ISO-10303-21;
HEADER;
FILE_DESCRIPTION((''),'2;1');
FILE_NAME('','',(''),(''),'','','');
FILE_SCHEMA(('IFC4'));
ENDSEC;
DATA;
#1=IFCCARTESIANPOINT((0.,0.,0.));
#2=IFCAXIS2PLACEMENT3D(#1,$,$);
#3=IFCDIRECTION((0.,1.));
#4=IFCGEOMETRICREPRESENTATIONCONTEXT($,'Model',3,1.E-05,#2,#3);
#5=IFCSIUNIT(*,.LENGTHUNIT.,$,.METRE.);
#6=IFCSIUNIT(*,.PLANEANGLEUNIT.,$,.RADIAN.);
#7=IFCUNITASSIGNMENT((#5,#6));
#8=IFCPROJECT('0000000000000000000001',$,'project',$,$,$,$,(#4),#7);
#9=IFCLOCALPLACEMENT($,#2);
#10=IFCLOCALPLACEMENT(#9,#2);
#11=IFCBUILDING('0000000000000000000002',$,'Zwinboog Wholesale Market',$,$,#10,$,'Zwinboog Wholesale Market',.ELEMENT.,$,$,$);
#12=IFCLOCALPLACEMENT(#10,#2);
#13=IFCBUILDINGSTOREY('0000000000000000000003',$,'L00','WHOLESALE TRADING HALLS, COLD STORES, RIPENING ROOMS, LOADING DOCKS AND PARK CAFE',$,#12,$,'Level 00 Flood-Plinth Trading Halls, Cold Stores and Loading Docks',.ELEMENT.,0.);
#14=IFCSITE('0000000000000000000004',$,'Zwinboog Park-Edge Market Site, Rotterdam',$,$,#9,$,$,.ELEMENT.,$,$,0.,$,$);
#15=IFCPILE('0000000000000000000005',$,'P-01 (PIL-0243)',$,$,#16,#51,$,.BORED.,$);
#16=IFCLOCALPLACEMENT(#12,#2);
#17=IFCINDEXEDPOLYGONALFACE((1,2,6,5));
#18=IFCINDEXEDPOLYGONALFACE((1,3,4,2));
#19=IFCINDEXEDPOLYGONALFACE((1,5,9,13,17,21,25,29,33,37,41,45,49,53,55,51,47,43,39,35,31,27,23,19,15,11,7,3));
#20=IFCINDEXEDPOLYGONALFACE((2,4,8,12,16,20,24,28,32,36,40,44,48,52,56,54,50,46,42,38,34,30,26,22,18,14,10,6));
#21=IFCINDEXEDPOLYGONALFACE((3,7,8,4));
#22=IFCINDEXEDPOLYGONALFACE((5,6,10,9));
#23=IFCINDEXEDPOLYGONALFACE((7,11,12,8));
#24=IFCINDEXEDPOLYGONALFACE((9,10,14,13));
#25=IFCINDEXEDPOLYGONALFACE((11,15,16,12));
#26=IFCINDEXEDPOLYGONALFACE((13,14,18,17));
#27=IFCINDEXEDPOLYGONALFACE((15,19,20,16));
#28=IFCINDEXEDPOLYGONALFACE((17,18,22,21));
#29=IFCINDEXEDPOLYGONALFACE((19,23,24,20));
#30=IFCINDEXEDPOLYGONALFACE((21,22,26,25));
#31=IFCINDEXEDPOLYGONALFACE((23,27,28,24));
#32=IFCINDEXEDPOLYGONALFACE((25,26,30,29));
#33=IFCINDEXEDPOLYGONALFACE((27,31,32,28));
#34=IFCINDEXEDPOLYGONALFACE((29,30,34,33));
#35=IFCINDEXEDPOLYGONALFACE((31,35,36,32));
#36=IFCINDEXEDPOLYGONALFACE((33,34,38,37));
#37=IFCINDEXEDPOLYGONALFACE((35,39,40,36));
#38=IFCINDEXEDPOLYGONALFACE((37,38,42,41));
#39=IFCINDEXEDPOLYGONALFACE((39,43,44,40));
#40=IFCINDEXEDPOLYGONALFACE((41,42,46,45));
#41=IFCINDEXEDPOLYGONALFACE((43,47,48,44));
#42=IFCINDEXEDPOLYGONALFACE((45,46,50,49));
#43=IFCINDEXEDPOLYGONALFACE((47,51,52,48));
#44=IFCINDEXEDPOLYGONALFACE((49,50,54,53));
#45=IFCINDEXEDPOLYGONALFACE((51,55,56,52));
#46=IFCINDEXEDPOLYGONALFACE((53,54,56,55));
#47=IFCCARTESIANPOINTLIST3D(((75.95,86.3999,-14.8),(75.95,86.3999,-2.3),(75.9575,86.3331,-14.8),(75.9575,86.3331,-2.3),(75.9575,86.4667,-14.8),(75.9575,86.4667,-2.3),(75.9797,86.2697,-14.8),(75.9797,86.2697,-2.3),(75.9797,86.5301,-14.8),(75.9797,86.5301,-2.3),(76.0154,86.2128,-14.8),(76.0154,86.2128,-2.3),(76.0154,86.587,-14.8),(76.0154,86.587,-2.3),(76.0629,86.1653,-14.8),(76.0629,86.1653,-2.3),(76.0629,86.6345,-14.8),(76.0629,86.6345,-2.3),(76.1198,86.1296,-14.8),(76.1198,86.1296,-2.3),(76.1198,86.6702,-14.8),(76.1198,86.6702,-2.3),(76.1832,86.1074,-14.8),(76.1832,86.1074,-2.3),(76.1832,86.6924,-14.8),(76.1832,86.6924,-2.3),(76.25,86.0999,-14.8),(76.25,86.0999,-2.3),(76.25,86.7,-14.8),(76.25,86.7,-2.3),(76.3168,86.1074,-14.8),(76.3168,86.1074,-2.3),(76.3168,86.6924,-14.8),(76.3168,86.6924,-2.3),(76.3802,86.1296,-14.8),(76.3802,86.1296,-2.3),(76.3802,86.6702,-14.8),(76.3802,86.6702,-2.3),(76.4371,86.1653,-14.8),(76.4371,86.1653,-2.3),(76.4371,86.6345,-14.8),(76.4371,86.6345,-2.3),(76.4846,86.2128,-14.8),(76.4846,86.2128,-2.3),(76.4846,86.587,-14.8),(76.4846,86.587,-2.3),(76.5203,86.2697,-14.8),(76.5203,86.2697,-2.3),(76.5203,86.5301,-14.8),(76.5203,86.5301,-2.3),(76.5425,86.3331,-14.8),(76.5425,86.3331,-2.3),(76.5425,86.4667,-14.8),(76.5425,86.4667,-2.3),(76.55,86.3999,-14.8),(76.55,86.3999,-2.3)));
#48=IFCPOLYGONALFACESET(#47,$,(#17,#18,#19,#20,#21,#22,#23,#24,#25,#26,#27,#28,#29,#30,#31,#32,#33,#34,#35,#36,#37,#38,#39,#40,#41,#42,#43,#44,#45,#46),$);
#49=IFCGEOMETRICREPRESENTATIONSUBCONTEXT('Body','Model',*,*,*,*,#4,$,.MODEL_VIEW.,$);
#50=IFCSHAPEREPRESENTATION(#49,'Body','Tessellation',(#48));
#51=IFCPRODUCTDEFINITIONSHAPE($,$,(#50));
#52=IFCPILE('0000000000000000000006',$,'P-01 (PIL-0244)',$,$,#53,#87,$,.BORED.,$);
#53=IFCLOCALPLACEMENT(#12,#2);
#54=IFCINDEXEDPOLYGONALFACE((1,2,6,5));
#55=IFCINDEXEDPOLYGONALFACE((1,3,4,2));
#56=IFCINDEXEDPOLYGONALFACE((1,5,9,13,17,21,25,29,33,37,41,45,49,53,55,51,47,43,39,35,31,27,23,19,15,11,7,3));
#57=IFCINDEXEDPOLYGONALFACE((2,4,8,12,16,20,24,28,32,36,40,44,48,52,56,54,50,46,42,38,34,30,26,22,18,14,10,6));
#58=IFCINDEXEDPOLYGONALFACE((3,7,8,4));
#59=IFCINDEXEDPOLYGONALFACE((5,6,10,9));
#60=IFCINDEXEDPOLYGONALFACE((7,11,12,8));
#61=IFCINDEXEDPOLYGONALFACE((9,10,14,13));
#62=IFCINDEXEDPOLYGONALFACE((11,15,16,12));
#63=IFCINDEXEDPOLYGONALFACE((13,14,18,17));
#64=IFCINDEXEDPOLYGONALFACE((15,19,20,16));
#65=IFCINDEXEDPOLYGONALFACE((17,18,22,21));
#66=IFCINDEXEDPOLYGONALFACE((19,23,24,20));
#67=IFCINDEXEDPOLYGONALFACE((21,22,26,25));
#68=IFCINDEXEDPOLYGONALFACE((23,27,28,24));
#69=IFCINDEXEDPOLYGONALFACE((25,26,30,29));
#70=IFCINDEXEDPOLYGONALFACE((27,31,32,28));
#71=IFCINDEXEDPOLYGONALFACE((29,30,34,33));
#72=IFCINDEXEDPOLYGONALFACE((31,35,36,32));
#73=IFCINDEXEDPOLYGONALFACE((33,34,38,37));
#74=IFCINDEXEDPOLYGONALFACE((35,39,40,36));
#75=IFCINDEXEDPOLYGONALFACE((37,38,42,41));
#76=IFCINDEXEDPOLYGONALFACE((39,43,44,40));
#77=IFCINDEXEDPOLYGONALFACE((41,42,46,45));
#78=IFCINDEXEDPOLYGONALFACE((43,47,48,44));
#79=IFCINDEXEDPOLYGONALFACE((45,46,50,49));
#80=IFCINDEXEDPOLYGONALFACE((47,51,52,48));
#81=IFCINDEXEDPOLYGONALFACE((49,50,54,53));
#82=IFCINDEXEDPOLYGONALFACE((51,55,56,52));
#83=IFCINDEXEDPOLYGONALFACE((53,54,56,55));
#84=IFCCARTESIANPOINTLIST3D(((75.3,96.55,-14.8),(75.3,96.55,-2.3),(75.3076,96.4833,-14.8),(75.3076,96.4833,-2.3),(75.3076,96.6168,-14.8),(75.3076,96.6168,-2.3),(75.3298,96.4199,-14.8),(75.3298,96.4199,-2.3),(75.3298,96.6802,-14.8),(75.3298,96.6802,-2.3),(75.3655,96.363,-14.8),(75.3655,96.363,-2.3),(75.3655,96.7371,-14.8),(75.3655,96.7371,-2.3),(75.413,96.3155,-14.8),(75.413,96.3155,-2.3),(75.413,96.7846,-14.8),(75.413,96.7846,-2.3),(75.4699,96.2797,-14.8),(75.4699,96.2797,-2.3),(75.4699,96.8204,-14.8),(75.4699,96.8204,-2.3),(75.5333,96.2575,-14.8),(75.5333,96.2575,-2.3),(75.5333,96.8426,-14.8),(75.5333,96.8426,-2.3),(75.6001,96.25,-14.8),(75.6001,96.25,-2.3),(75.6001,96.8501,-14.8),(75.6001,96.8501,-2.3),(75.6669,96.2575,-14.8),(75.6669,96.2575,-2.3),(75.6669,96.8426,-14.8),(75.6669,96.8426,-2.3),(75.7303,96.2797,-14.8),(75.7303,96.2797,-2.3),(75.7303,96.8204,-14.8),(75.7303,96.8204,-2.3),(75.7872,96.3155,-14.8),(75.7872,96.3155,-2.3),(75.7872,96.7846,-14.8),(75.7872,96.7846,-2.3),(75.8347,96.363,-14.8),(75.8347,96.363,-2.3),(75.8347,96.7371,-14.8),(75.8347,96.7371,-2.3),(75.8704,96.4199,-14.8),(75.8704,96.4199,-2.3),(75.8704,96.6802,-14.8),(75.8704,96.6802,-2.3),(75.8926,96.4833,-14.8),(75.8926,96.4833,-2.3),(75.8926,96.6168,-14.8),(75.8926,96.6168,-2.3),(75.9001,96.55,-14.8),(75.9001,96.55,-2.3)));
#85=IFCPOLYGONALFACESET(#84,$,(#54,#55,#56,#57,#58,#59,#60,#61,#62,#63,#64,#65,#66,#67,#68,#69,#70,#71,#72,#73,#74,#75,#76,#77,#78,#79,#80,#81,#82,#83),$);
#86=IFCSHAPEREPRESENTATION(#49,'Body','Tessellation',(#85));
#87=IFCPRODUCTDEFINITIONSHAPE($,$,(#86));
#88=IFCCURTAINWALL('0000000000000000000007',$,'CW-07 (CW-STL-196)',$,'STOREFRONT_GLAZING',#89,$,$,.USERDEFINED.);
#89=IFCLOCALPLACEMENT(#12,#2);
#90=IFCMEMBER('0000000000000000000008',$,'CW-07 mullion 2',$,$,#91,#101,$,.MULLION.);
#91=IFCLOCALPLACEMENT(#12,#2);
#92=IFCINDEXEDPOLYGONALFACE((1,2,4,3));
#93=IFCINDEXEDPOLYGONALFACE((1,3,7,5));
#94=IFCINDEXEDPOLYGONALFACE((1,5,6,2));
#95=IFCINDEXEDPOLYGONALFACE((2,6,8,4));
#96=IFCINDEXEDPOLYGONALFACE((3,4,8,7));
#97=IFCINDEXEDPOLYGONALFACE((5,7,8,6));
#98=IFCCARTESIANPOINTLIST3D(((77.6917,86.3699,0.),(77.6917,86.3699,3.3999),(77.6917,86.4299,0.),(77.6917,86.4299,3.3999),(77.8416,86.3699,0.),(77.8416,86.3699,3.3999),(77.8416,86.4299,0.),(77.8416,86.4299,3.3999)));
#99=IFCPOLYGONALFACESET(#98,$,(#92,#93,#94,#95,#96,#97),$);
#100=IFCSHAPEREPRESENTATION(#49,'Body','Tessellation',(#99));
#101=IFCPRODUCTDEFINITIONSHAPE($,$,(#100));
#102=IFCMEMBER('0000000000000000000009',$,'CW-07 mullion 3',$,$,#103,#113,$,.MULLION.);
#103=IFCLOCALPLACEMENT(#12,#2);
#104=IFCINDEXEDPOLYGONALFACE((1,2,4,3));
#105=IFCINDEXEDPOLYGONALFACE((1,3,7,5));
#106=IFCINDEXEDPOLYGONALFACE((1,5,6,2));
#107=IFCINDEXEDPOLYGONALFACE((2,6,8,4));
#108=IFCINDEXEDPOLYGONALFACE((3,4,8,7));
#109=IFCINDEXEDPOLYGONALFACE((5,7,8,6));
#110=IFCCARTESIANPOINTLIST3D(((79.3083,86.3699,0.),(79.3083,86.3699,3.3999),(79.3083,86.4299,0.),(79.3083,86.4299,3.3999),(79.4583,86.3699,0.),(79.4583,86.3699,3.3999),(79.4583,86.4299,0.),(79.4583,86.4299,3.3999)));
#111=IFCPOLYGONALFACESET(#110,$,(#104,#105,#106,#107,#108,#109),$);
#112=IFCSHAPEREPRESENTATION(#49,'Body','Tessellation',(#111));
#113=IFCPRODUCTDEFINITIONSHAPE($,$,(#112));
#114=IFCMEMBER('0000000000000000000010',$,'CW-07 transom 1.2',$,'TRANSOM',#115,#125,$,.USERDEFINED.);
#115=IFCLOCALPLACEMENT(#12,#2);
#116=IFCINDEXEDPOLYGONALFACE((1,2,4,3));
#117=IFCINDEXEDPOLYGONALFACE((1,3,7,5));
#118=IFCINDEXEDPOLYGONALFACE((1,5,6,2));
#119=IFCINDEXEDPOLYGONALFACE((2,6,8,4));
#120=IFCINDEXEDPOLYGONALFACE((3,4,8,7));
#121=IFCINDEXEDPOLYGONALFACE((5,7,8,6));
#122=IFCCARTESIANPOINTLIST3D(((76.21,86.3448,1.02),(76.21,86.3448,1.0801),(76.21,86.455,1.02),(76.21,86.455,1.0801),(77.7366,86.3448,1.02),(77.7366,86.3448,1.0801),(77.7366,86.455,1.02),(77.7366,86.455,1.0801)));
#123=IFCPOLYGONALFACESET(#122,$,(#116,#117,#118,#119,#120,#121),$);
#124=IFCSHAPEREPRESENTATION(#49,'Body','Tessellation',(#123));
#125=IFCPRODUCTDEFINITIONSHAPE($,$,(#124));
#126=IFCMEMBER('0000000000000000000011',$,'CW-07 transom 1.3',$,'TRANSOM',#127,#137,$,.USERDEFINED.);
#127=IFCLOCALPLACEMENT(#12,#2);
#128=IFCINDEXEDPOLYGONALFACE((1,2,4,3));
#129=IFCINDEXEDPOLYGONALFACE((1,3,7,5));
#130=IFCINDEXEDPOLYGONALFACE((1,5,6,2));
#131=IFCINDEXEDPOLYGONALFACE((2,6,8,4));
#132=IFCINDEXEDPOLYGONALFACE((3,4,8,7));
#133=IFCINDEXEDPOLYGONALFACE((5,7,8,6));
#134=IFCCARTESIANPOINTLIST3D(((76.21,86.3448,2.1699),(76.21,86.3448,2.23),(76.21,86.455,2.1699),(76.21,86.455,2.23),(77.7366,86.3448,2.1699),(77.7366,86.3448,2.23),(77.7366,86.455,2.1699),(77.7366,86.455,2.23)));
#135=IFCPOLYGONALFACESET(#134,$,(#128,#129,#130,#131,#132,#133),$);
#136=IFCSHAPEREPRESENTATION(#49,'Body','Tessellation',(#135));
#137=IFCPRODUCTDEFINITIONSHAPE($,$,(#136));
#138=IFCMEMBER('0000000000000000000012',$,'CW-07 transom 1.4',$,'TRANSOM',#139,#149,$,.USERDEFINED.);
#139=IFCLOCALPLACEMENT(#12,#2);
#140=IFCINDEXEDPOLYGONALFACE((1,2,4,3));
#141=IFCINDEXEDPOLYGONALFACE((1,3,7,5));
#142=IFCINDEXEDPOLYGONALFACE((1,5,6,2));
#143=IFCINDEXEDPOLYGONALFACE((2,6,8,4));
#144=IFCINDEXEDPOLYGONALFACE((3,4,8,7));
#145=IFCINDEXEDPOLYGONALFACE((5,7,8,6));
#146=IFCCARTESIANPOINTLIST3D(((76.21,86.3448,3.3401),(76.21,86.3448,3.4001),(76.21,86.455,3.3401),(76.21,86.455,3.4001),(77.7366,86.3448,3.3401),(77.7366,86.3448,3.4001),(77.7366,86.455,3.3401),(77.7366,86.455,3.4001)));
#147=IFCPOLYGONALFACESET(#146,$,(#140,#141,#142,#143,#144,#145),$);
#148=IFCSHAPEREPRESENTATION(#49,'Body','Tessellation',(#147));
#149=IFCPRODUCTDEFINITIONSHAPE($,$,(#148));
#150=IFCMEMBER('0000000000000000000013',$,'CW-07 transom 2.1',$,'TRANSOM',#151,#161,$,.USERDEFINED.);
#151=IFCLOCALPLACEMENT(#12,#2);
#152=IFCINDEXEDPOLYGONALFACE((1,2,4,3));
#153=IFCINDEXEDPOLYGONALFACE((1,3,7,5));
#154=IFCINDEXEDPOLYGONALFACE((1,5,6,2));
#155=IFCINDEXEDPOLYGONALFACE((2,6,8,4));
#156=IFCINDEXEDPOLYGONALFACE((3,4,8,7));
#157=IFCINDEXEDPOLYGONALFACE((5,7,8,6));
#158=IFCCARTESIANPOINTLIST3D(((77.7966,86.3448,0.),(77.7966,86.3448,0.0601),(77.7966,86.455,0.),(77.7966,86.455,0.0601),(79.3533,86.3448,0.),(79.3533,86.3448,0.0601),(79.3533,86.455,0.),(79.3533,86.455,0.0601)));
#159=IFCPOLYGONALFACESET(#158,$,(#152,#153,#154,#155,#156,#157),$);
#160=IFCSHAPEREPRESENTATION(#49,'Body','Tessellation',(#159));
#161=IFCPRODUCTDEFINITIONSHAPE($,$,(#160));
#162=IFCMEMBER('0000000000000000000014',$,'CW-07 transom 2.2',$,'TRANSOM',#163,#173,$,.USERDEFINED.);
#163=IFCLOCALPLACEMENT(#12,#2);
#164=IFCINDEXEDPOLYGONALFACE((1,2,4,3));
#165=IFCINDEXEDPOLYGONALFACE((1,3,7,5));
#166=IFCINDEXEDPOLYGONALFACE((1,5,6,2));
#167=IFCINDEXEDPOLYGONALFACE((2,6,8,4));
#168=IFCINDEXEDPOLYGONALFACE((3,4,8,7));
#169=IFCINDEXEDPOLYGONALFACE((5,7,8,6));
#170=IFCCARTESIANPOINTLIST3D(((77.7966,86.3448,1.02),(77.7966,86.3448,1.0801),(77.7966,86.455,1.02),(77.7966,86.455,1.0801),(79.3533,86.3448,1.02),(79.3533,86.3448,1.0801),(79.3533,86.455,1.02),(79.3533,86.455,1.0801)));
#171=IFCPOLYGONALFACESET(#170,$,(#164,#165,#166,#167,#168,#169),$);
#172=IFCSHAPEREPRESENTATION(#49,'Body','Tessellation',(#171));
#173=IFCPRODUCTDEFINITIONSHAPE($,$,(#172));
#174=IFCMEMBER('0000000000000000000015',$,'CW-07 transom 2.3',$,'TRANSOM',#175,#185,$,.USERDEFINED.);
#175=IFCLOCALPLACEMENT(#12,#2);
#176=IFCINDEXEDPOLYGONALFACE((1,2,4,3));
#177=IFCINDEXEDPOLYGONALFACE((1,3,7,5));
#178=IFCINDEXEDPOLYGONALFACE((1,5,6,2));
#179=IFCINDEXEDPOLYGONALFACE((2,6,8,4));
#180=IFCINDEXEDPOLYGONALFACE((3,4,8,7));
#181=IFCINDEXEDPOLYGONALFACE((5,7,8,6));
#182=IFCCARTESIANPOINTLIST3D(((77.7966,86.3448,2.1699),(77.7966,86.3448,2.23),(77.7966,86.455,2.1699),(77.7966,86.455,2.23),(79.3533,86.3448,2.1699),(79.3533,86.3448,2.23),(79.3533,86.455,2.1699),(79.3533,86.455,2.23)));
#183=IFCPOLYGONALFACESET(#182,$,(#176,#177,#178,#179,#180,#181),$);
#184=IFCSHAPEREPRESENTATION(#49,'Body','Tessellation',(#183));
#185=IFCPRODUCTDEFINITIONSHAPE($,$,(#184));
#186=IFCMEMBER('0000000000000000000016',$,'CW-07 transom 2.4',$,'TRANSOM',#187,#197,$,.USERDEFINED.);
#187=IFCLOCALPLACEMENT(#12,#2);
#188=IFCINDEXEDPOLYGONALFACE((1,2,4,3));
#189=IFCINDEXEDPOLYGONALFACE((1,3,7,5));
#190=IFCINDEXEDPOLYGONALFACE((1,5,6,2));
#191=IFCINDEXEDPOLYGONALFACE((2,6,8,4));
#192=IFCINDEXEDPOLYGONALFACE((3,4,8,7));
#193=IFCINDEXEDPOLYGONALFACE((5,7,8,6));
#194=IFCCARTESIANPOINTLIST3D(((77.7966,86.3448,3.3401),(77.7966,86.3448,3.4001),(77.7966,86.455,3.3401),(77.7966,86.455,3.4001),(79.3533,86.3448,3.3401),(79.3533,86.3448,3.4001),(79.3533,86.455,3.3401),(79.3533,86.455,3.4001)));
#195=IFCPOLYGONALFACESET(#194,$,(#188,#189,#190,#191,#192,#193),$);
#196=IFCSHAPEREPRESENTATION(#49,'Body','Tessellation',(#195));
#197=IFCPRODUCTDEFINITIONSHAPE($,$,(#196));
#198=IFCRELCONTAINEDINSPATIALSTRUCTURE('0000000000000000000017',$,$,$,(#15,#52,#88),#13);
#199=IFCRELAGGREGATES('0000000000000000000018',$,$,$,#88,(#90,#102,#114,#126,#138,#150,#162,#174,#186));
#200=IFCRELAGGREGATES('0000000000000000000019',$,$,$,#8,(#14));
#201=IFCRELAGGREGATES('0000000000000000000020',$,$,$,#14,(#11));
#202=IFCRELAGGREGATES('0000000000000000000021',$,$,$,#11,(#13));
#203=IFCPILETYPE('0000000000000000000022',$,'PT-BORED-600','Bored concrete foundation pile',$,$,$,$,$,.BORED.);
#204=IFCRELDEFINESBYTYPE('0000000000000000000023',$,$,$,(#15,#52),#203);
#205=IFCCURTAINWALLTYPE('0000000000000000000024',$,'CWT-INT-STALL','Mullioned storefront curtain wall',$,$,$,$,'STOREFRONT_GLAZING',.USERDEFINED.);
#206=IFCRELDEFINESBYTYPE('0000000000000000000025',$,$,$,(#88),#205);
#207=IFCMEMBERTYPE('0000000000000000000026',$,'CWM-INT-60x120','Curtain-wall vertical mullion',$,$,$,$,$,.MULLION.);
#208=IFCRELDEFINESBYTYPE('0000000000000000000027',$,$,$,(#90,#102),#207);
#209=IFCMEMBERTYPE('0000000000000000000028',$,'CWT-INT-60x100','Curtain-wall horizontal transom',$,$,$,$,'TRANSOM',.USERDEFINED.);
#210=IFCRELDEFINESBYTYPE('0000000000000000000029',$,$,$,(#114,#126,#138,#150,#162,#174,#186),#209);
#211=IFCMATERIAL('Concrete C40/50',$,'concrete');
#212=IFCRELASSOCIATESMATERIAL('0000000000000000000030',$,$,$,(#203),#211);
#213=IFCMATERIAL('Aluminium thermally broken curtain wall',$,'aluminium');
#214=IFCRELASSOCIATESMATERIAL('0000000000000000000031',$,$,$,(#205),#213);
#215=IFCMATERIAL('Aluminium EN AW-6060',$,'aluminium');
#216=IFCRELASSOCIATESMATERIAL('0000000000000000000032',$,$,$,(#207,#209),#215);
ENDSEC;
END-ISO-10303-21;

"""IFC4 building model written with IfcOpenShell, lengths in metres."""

from ifc_helpers import new_model, si_unit, direction, frame, origin, origin_2d, place, context, subcontext, project, spatial, rectangle, circle, extrude, material, material_profile, profile_set, type_object, element, aggregate, save


model = new_model("IFC4")

# Units and contexts
model_context = context("Model", 3, precision=1e-05, world=origin(), true_north=direction((0.0, 1.0)))
body_context = subcontext(model_context, "Body", "Model", "MODEL_VIEW")
ifc_project = project(units=[si_unit("LENGTHUNIT", "METRE"), si_unit("PLANEANGLEUNIT", "RADIAN")], contexts=[model_context])

# Site, building, storey
site_placement = place(None, origin())
site = spatial("IfcSite", under=ifc_project, at=site_placement, Name="Zwinboog Park-Edge Market Site, Rotterdam", CompositionType="ELEMENT", RefElevation=0.0)
building_placement = place(site_placement, origin())
building = spatial("IfcBuilding", under=site, at=building_placement, Name="Zwinboog Wholesale Market", LongName="Zwinboog Wholesale Market", CompositionType="ELEMENT")
storey_placement = place(building_placement, origin())
storey = spatial("IfcBuildingStorey", under=building, at=storey_placement, Name="L00", Description="WHOLESALE TRADING HALLS, COLD STORES, RIPENING ROOMS, LOADING DOCKS AND PARK CAFE", LongName="Level 00 Flood-Plinth Trading Halls, Cold Stores and Loading Docks", CompositionType="ELEMENT", Elevation=0.0)

# Piles
ifc_material_1 = material(Name="Concrete C40/50", Category="concrete")
ifc_material_profile_1 = material_profile(ifc_material_1, circle(Radius=0.3, at=origin_2d()), Name="PILE D600")
ifc_profile_set_1 = profile_set([ifc_material_profile_1], Name="Concrete C40/50")
pile_type = type_object("IfcPileType", Name="PT-BORED-600", Description="Bored concrete foundation pile", PredefinedType="BORED", material=ifc_profile_set_1)
for number, where, z_axis, x_axis, name in (
    (1, (76.25, 86.3999, -2.3), (0.0, 0.0, -1.0), (1.0, 0.0, 0.0), "P-01 (PIL-0243)"),
    (2, (75.6001, 96.55, -2.3), (0.0, 0.0, -1.0), (1.0, 0.0, 0.0), "P-01 (PIL-0244)"),
):
    element("IfcPile", number, at=place(storey_placement, frame(where, z_axis=z_axis, x_axis=x_axis)), inside=storey, type_object=pile_type, Name=name, PredefinedType="BORED", context=body_context, shape_type="SweptSolid", body=[
        extrude(circle(Radius=0.3, at=origin_2d()), origin(), (0.0, 0.0, 1.0), 12.5),
    ])

# Curtain wall, members
ifc_material_2 = material(Name="Aluminium thermally broken curtain wall", Category="aluminium")
curtain_wall_type = type_object("IfcCurtainWallType", Name="CWT-INT-STALL", Description="Mullioned storefront curtain wall", ElementType="STOREFRONT_GLAZING", PredefinedType="USERDEFINED", material=ifc_material_2)
curtain_wall_placement = place(storey_placement, origin())
curtain_wall = element("IfcCurtainWall", 3, at=curtain_wall_placement, inside=storey, type_object=curtain_wall_type, Name="CW-07 (CW-STL-196)", ObjectType="STOREFRONT_GLAZING", PredefinedType="USERDEFINED")
ifc_material_3 = material(Name="Aluminium EN AW-6060", Category="aluminium")
ifc_material_profile_2 = material_profile(ifc_material_3, rectangle(XDim=0.0601, YDim=0.1499, at=origin_2d()), Name="AL 60x150")
ifc_profile_set_2 = profile_set([ifc_material_profile_2], Name="Aluminium EN AW-6060")
member_type_1 = type_object("IfcMemberType", Name="CWM-INT-60x120", Description="Curtain-wall vertical mullion", PredefinedType="MULLION", material=ifc_profile_set_2)
member_1_placement = place(storey_placement, frame((77.7666, 86.3999, 0.0), z_axis=(0.0, 0.0, 1.0), x_axis=(0.0, 1.0, 0.0)))
member_1 = element("IfcMember", 4, at=member_1_placement, type_object=member_type_1, Name="CW-07 mullion 2", PredefinedType="MULLION", context=body_context, shape_type="SweptSolid", body=[
    extrude(rectangle(XDim=0.0601, YDim=0.1499, at=origin_2d()), origin(), (0.0, 0.0, 1.0), 3.3999),
])
member_2_placement = place(storey_placement, frame((79.3833, 86.3999, 0.0), z_axis=(0.0, 0.0, 1.0), x_axis=(0.0, 1.0, 0.0)))
member_2 = element("IfcMember", 5, at=member_2_placement, type_object=member_type_1, Name="CW-07 mullion 3", PredefinedType="MULLION", context=body_context, shape_type="SweptSolid", body=[
    extrude(rectangle(XDim=0.0601, YDim=0.1499, at=origin_2d()), origin(), (0.0, 0.0, 1.0), 3.3999),
])
ifc_material_profile_3 = material_profile(ifc_material_3, rectangle(XDim=0.1101, YDim=0.0601, at=origin_2d()), Name="AL 60x110")
ifc_profile_set_3 = profile_set([ifc_material_profile_3], Name="Aluminium EN AW-6060")
member_type_2 = type_object("IfcMemberType", Name="CWT-INT-60x100", Description="Curtain-wall horizontal transom", ElementType="TRANSOM", PredefinedType="USERDEFINED", material=ifc_profile_set_3)
member_3_placement = place(storey_placement, frame((76.21, 86.3999, 1.05), z_axis=(1.0, 0.0, 0.0), x_axis=(0.0, 1.0, 0.0)))
member_3 = element("IfcMember", 6, at=member_3_placement, type_object=member_type_2, Name="CW-07 transom 1.2", ObjectType="TRANSOM", PredefinedType="USERDEFINED", context=body_context, shape_type="SweptSolid", body=[
    extrude(rectangle(XDim=0.1101, YDim=0.0601, at=origin_2d()), origin(), (0.0, 0.0, 1.0), 1.5266),
])
member_4_placement = place(storey_placement, frame((76.21, 86.3999, 2.2), z_axis=(1.0, 0.0, 0.0), x_axis=(0.0, 1.0, 0.0)))
member_4 = element("IfcMember", 7, at=member_4_placement, type_object=member_type_2, Name="CW-07 transom 1.3", ObjectType="TRANSOM", PredefinedType="USERDEFINED", context=body_context, shape_type="SweptSolid", body=[
    extrude(rectangle(XDim=0.1101, YDim=0.0601, at=origin_2d()), origin(), (0.0, 0.0, 1.0), 1.5266),
])
member_5_placement = place(storey_placement, frame((76.21, 86.3999, 3.3701), z_axis=(1.0, 0.0, 0.0), x_axis=(0.0, 1.0, 0.0)))
member_5 = element("IfcMember", 8, at=member_5_placement, type_object=member_type_2, Name="CW-07 transom 1.4", ObjectType="TRANSOM", PredefinedType="USERDEFINED", context=body_context, shape_type="SweptSolid", body=[
    extrude(rectangle(XDim=0.1101, YDim=0.0601, at=origin_2d()), origin(), (0.0, 0.0, 1.0), 1.5266),
])
member_6_placement = place(storey_placement, frame((77.7966, 86.3999, 0.03), z_axis=(1.0, 0.0, 0.0), x_axis=(0.0, 1.0, 0.0)))
member_6 = element("IfcMember", 9, at=member_6_placement, type_object=member_type_2, Name="CW-07 transom 2.1", ObjectType="TRANSOM", PredefinedType="USERDEFINED", context=body_context, shape_type="SweptSolid", body=[
    extrude(rectangle(XDim=0.1101, YDim=0.0601, at=origin_2d()), origin(), (0.0, 0.0, 1.0), 1.5566),
])
member_7_placement = place(storey_placement, frame((77.7966, 86.3999, 1.05), z_axis=(1.0, 0.0, 0.0), x_axis=(0.0, 1.0, 0.0)))
member_7 = element("IfcMember", 10, at=member_7_placement, type_object=member_type_2, Name="CW-07 transom 2.2", ObjectType="TRANSOM", PredefinedType="USERDEFINED", context=body_context, shape_type="SweptSolid", body=[
    extrude(rectangle(XDim=0.1101, YDim=0.0601, at=origin_2d()), origin(), (0.0, 0.0, 1.0), 1.5566),
])
member_8_placement = place(storey_placement, frame((77.7966, 86.3999, 2.2), z_axis=(1.0, 0.0, 0.0), x_axis=(0.0, 1.0, 0.0)))
member_8 = element("IfcMember", 11, at=member_8_placement, type_object=member_type_2, Name="CW-07 transom 2.3", ObjectType="TRANSOM", PredefinedType="USERDEFINED", context=body_context, shape_type="SweptSolid", body=[
    extrude(rectangle(XDim=0.1101, YDim=0.0601, at=origin_2d()), origin(), (0.0, 0.0, 1.0), 1.5566),
])
member_9_placement = place(storey_placement, frame((77.7966, 86.3999, 3.3701), z_axis=(1.0, 0.0, 0.0), x_axis=(0.0, 1.0, 0.0)))
member_9 = element("IfcMember", 12, at=member_9_placement, type_object=member_type_2, Name="CW-07 transom 2.4", ObjectType="TRANSOM", PredefinedType="USERDEFINED", context=body_context, shape_type="SweptSolid", body=[
    extrude(rectangle(XDim=0.1101, YDim=0.0601, at=origin_2d()), origin(), (0.0, 0.0, 1.0), 1.5566),
])
aggregate(curtain_wall, [member_1, member_2, member_3, member_4, member_5, member_6, member_7, member_8, member_9])

save(model, "model.ifc")
